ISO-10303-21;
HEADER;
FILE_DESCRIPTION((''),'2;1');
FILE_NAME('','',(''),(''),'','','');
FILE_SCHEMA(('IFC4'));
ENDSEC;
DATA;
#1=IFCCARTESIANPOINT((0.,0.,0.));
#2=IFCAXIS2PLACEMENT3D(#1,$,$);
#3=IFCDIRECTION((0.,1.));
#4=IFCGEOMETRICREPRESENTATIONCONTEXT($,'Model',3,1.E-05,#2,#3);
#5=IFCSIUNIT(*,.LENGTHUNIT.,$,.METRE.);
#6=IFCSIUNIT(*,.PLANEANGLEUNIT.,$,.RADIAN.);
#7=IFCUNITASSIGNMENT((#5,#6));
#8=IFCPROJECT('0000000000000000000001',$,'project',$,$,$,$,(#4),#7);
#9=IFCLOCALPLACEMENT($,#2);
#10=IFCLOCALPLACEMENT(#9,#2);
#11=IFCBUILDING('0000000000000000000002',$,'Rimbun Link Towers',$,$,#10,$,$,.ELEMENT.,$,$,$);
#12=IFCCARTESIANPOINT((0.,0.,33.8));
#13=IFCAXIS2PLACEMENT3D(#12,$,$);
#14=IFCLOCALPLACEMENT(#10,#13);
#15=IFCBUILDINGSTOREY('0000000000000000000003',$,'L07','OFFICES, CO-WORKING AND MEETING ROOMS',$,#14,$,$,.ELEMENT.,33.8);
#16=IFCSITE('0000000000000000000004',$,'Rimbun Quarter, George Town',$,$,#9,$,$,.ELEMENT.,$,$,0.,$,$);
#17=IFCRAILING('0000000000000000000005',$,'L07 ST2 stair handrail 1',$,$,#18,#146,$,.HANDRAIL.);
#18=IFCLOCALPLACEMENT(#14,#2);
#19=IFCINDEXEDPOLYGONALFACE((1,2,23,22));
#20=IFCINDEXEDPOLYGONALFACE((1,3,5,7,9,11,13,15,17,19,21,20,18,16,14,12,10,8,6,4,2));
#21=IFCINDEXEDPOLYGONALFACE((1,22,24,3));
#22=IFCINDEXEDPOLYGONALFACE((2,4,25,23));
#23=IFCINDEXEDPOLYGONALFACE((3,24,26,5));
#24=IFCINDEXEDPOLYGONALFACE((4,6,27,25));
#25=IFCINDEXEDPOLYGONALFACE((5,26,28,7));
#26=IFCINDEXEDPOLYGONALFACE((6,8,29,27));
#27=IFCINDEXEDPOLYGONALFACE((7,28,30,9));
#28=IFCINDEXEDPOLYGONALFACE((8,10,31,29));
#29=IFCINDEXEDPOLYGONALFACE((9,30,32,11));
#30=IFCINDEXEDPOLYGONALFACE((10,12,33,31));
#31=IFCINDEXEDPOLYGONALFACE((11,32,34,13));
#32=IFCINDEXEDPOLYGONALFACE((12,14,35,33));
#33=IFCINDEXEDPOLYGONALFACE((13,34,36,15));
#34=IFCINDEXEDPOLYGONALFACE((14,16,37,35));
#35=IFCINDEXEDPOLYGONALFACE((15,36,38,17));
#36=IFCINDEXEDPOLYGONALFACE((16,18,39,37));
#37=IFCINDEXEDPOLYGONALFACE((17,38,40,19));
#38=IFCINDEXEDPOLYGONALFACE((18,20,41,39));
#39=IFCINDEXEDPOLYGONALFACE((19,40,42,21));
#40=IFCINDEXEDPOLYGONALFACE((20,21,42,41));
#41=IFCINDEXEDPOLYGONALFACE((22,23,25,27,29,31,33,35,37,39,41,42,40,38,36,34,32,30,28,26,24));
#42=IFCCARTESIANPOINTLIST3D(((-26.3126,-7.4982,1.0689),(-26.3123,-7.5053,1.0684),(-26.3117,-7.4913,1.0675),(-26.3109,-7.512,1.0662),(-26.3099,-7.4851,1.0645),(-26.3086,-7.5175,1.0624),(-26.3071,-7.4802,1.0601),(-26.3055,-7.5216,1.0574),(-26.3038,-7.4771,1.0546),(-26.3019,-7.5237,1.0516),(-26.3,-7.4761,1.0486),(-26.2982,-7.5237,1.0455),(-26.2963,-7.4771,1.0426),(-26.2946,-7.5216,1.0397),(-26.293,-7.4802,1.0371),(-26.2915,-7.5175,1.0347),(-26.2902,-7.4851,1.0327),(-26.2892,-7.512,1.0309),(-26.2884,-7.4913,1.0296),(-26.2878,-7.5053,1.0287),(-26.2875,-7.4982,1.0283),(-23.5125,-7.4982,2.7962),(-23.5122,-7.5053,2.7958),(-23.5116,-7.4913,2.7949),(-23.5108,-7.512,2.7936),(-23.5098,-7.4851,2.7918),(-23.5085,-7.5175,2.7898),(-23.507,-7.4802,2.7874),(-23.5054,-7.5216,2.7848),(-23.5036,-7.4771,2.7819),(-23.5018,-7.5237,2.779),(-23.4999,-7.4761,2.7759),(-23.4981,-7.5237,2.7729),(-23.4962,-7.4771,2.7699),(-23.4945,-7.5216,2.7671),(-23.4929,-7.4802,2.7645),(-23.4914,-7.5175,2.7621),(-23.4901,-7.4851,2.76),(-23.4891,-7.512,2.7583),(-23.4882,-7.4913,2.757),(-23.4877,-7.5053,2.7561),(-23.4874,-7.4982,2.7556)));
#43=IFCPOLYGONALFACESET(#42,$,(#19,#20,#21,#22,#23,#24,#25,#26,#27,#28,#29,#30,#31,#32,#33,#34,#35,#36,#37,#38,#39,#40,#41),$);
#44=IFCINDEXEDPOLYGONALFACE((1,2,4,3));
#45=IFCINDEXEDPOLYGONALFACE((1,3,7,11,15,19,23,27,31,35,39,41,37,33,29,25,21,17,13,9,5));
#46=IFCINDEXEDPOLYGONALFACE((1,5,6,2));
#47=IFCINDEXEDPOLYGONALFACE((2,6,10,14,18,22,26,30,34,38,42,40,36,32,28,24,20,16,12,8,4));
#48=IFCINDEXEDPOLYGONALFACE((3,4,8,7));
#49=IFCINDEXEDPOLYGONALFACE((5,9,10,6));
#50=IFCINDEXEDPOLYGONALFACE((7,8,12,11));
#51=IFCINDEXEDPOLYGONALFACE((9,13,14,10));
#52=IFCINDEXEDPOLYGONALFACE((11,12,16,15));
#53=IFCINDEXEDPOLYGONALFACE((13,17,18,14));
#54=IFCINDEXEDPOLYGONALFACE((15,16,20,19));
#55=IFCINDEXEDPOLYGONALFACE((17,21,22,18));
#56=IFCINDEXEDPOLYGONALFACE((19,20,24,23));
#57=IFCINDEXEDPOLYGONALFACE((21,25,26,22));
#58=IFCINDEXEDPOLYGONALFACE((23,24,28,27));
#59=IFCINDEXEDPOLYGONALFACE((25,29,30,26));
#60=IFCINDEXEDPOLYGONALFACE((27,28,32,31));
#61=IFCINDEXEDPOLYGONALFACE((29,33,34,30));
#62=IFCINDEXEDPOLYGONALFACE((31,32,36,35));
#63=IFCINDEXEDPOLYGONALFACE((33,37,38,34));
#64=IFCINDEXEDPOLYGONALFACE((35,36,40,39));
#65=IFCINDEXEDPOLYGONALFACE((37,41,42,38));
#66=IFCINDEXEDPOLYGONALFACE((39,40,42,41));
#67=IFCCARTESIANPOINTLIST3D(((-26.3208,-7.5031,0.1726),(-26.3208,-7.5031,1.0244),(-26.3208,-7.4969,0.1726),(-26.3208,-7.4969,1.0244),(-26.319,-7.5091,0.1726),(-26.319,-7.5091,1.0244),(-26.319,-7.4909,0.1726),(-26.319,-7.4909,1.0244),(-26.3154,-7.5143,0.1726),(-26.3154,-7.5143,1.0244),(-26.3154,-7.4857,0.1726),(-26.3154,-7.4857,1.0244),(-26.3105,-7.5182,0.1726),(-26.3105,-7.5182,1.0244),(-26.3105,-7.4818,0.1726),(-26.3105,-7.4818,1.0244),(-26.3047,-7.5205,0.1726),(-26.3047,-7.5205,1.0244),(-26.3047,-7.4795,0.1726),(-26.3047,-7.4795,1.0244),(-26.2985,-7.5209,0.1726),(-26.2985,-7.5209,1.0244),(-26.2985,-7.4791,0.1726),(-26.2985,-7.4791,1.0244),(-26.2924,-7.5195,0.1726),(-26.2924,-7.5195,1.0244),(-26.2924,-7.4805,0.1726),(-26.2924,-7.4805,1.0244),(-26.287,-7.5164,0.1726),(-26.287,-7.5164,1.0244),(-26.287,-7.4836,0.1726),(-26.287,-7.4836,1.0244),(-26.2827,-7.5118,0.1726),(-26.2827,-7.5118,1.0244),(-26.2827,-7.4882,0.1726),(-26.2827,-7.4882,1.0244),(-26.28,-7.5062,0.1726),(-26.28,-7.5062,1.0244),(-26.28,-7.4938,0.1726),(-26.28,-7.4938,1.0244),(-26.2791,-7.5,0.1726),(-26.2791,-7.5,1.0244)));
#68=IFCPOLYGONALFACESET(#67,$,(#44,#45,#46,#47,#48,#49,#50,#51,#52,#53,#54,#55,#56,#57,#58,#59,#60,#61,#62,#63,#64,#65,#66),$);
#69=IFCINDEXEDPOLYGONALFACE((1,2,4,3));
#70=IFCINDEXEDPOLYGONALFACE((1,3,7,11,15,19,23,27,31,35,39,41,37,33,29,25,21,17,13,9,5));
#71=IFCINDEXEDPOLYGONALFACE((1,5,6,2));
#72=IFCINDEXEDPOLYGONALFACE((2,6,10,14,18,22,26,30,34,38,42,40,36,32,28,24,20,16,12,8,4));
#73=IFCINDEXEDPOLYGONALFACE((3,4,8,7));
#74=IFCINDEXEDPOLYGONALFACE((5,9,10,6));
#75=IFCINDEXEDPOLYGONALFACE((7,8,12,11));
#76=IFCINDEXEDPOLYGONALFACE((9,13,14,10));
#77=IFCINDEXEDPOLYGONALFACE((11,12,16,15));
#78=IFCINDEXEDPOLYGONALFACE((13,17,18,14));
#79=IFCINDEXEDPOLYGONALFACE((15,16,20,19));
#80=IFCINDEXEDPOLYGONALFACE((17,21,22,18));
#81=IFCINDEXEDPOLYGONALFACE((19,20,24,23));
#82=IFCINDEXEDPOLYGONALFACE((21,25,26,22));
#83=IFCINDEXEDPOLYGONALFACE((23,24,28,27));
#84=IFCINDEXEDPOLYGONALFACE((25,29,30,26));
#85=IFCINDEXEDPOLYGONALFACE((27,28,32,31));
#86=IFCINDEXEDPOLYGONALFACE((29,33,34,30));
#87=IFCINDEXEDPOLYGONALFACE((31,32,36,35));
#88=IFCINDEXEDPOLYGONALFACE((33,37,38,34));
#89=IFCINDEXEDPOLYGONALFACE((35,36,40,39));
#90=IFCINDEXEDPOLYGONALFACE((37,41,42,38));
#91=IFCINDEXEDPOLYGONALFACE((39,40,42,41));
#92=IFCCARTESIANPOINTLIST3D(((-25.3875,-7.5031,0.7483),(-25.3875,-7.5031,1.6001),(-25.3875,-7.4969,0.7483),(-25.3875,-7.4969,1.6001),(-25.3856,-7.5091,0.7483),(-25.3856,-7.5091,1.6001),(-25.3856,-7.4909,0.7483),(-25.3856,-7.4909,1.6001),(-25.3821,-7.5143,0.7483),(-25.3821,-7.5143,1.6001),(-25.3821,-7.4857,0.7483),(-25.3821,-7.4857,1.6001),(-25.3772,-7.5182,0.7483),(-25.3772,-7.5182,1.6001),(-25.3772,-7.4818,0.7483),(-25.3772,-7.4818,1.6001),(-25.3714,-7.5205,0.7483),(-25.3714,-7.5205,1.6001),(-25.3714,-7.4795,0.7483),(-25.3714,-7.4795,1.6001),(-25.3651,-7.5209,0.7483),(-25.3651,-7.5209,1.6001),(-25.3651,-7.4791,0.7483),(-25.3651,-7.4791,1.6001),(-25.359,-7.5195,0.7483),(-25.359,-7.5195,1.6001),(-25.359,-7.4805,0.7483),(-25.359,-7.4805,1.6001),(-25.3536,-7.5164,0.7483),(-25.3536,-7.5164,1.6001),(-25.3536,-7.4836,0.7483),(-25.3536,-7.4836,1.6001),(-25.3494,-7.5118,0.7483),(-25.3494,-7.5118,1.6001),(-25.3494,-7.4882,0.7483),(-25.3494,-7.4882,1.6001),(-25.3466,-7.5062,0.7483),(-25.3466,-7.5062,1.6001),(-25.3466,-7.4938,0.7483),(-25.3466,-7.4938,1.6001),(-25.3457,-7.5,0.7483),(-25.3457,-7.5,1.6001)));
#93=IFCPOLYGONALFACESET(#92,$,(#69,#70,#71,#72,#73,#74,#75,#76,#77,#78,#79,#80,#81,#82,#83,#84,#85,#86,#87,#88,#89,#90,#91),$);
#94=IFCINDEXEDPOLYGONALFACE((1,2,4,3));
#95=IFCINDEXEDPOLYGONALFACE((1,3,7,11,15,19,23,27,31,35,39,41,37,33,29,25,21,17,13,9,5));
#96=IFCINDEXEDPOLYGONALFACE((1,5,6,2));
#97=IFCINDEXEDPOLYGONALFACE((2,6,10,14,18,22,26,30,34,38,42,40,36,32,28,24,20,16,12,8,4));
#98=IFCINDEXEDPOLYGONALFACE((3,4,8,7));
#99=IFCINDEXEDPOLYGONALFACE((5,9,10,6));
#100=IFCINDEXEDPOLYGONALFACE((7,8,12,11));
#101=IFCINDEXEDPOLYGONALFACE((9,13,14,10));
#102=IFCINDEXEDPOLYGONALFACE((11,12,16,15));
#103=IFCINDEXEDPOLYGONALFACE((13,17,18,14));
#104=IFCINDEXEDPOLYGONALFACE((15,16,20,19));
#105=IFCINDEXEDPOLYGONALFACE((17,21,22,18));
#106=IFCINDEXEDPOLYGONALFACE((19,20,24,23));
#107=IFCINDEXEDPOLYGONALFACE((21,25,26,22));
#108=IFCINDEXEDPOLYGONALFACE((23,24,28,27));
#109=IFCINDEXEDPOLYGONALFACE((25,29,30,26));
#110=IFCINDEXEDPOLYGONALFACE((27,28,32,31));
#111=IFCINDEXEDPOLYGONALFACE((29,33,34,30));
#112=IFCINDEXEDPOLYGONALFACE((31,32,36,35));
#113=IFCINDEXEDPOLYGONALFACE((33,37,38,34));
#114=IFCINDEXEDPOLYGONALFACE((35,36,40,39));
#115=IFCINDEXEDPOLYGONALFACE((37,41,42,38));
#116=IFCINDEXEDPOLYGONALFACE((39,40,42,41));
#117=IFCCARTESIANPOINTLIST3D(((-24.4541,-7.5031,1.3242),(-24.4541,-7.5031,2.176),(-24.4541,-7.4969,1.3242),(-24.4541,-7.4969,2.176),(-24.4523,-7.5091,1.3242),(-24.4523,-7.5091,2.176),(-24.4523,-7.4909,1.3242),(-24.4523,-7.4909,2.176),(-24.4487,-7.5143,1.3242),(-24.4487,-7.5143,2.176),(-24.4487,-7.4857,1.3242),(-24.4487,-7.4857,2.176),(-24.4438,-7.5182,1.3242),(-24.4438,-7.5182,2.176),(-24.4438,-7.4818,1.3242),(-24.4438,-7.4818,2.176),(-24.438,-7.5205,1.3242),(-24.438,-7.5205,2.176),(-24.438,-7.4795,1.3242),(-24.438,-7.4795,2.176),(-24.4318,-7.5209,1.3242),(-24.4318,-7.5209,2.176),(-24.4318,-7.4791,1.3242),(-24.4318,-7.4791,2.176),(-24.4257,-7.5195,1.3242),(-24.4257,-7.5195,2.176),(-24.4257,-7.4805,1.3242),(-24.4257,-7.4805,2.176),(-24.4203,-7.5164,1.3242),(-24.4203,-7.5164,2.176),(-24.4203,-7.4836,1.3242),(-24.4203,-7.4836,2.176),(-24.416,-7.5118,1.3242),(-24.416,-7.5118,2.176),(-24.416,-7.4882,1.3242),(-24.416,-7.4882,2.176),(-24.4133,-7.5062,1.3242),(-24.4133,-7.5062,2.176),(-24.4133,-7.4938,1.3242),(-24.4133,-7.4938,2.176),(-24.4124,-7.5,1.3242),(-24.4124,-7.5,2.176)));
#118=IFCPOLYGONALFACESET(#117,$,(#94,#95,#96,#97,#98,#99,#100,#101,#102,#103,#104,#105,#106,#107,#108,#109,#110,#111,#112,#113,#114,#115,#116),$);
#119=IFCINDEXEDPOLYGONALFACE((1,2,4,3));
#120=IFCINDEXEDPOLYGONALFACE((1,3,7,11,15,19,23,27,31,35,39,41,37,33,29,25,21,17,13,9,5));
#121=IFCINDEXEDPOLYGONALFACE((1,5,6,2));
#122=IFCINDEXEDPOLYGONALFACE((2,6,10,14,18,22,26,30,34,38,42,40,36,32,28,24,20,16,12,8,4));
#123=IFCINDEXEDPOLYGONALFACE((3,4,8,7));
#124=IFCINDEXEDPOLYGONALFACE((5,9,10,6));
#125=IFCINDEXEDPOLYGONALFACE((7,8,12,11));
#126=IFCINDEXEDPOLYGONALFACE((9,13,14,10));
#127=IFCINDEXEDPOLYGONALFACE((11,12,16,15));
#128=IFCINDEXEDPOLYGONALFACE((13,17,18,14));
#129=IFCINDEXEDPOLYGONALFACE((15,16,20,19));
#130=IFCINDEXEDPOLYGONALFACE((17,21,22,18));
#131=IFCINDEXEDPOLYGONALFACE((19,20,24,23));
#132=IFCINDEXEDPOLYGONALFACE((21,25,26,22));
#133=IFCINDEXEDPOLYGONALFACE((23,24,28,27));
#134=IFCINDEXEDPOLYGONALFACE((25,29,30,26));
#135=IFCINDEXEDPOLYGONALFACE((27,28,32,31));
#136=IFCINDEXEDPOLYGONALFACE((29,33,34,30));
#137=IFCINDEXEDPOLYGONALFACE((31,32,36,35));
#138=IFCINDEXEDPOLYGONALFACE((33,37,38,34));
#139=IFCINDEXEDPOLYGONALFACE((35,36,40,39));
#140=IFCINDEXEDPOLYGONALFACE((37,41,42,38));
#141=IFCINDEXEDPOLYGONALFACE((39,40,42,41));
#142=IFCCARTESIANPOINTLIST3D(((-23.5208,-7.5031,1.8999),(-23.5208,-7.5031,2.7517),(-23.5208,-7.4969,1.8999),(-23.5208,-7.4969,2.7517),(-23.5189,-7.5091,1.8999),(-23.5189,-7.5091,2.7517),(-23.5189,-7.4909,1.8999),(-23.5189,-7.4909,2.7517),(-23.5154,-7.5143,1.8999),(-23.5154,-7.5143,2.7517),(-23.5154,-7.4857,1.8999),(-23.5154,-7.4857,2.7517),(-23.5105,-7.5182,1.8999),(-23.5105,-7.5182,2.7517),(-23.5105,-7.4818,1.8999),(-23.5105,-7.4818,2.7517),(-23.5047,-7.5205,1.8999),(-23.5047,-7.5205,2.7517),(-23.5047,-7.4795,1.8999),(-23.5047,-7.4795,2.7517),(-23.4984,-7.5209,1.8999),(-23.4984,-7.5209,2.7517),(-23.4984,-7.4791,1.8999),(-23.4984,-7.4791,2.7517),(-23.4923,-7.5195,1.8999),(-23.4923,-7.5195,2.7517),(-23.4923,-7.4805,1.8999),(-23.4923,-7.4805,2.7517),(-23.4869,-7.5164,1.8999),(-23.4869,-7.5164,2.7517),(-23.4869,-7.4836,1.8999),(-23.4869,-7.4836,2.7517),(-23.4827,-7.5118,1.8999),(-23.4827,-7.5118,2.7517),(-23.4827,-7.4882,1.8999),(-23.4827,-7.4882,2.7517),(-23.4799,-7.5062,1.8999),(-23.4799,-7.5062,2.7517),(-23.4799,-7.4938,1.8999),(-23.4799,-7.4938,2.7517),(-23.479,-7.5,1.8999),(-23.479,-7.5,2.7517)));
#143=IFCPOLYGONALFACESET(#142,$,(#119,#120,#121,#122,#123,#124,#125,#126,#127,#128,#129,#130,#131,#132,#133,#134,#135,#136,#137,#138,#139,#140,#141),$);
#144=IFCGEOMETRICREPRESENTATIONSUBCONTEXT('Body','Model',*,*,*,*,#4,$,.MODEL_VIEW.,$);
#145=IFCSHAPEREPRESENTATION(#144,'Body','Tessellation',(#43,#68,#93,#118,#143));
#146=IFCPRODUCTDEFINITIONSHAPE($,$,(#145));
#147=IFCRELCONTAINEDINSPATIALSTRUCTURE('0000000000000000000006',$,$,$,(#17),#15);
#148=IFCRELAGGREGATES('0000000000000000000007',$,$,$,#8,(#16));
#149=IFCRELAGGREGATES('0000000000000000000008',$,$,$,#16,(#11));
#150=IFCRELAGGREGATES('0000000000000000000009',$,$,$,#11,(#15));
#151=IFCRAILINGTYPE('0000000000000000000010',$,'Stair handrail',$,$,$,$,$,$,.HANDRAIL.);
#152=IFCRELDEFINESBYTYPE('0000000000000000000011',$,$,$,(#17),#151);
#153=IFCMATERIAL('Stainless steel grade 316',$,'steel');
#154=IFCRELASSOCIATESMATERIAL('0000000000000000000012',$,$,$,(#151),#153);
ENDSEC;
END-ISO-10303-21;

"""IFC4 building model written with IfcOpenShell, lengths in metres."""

from ifc_helpers import new_model, si_unit, direction, frame, origin, origin_2d, place, context, subcontext, project, spatial, circle, extrude, material, type_object, element, save


model = new_model("IFC4")

# Units and contexts
model_context = context("Model", 3, precision=1e-05, world=origin(), true_north=direction((0.0, 1.0)))
body_context = subcontext(model_context, "Body", "Model", "MODEL_VIEW")
ifc_project = project(units=[si_unit("LENGTHUNIT", "METRE"), si_unit("PLANEANGLEUNIT", "RADIAN")], contexts=[model_context])

# Site, building, storey
site_placement = place(None, origin())
site = spatial("IfcSite", under=ifc_project, at=site_placement, Name="Rimbun Quarter, George Town", CompositionType="ELEMENT", RefElevation=0.0)
building_placement = place(site_placement, origin())
building = spatial("IfcBuilding", under=site, at=building_placement, Name="Rimbun Link Towers", CompositionType="ELEMENT")
storey_placement = place(building_placement, frame((0.0, 0.0, 33.8)))
storey = spatial("IfcBuildingStorey", under=building, at=storey_placement, Name="L07", Description="OFFICES, CO-WORKING AND MEETING ROOMS", CompositionType="ELEMENT", Elevation=33.8)

# Railing
ifc_material_1 = material(Name="Stainless steel grade 316", Category="steel")
railing_type_1 = type_object("IfcRailingType", Name="Stair handrail", PredefinedType="HANDRAIL", material=ifc_material_1)
railing_1_placement = place(storey_placement, frame((-26.3, -7.5, 0.1726)))
element("IfcRailing", 1, at=railing_1_placement, inside=storey, type_object=railing_type_1, Name="L07 ST2 stair handrail 1", PredefinedType="HANDRAIL", context=body_context, shape_type="SweptSolid", body=[
    extrude(circle(Radius=0.0239, at=origin_2d()), frame((0.0, 0.0, 0.876), z_axis=(0.85109, 0.0, 0.52502), x_axis=(0.0, 1.0, 0.0)), (0.0, 0.0, 1.0), 3.29),
    extrude(circle(Radius=0.021, at=origin_2d()), origin(), (0.0, 0.0, 1.0), 0.8518),
    extrude(circle(Radius=0.021, at=origin_2d()), frame((0.9333, 0.0, 0.5757)), (0.0, 0.0, 1.0), 0.8518),
    extrude(circle(Radius=0.021, at=origin_2d()), frame((1.8667, 0.0, 1.1516)), (0.0, 0.0, 1.0), 0.8518),
    extrude(circle(Radius=0.021, at=origin_2d()), frame((2.8, 0.0, 1.7273)), (0.0, 0.0, 1.0), 0.8518),
])

save(model, "model.ifc")
